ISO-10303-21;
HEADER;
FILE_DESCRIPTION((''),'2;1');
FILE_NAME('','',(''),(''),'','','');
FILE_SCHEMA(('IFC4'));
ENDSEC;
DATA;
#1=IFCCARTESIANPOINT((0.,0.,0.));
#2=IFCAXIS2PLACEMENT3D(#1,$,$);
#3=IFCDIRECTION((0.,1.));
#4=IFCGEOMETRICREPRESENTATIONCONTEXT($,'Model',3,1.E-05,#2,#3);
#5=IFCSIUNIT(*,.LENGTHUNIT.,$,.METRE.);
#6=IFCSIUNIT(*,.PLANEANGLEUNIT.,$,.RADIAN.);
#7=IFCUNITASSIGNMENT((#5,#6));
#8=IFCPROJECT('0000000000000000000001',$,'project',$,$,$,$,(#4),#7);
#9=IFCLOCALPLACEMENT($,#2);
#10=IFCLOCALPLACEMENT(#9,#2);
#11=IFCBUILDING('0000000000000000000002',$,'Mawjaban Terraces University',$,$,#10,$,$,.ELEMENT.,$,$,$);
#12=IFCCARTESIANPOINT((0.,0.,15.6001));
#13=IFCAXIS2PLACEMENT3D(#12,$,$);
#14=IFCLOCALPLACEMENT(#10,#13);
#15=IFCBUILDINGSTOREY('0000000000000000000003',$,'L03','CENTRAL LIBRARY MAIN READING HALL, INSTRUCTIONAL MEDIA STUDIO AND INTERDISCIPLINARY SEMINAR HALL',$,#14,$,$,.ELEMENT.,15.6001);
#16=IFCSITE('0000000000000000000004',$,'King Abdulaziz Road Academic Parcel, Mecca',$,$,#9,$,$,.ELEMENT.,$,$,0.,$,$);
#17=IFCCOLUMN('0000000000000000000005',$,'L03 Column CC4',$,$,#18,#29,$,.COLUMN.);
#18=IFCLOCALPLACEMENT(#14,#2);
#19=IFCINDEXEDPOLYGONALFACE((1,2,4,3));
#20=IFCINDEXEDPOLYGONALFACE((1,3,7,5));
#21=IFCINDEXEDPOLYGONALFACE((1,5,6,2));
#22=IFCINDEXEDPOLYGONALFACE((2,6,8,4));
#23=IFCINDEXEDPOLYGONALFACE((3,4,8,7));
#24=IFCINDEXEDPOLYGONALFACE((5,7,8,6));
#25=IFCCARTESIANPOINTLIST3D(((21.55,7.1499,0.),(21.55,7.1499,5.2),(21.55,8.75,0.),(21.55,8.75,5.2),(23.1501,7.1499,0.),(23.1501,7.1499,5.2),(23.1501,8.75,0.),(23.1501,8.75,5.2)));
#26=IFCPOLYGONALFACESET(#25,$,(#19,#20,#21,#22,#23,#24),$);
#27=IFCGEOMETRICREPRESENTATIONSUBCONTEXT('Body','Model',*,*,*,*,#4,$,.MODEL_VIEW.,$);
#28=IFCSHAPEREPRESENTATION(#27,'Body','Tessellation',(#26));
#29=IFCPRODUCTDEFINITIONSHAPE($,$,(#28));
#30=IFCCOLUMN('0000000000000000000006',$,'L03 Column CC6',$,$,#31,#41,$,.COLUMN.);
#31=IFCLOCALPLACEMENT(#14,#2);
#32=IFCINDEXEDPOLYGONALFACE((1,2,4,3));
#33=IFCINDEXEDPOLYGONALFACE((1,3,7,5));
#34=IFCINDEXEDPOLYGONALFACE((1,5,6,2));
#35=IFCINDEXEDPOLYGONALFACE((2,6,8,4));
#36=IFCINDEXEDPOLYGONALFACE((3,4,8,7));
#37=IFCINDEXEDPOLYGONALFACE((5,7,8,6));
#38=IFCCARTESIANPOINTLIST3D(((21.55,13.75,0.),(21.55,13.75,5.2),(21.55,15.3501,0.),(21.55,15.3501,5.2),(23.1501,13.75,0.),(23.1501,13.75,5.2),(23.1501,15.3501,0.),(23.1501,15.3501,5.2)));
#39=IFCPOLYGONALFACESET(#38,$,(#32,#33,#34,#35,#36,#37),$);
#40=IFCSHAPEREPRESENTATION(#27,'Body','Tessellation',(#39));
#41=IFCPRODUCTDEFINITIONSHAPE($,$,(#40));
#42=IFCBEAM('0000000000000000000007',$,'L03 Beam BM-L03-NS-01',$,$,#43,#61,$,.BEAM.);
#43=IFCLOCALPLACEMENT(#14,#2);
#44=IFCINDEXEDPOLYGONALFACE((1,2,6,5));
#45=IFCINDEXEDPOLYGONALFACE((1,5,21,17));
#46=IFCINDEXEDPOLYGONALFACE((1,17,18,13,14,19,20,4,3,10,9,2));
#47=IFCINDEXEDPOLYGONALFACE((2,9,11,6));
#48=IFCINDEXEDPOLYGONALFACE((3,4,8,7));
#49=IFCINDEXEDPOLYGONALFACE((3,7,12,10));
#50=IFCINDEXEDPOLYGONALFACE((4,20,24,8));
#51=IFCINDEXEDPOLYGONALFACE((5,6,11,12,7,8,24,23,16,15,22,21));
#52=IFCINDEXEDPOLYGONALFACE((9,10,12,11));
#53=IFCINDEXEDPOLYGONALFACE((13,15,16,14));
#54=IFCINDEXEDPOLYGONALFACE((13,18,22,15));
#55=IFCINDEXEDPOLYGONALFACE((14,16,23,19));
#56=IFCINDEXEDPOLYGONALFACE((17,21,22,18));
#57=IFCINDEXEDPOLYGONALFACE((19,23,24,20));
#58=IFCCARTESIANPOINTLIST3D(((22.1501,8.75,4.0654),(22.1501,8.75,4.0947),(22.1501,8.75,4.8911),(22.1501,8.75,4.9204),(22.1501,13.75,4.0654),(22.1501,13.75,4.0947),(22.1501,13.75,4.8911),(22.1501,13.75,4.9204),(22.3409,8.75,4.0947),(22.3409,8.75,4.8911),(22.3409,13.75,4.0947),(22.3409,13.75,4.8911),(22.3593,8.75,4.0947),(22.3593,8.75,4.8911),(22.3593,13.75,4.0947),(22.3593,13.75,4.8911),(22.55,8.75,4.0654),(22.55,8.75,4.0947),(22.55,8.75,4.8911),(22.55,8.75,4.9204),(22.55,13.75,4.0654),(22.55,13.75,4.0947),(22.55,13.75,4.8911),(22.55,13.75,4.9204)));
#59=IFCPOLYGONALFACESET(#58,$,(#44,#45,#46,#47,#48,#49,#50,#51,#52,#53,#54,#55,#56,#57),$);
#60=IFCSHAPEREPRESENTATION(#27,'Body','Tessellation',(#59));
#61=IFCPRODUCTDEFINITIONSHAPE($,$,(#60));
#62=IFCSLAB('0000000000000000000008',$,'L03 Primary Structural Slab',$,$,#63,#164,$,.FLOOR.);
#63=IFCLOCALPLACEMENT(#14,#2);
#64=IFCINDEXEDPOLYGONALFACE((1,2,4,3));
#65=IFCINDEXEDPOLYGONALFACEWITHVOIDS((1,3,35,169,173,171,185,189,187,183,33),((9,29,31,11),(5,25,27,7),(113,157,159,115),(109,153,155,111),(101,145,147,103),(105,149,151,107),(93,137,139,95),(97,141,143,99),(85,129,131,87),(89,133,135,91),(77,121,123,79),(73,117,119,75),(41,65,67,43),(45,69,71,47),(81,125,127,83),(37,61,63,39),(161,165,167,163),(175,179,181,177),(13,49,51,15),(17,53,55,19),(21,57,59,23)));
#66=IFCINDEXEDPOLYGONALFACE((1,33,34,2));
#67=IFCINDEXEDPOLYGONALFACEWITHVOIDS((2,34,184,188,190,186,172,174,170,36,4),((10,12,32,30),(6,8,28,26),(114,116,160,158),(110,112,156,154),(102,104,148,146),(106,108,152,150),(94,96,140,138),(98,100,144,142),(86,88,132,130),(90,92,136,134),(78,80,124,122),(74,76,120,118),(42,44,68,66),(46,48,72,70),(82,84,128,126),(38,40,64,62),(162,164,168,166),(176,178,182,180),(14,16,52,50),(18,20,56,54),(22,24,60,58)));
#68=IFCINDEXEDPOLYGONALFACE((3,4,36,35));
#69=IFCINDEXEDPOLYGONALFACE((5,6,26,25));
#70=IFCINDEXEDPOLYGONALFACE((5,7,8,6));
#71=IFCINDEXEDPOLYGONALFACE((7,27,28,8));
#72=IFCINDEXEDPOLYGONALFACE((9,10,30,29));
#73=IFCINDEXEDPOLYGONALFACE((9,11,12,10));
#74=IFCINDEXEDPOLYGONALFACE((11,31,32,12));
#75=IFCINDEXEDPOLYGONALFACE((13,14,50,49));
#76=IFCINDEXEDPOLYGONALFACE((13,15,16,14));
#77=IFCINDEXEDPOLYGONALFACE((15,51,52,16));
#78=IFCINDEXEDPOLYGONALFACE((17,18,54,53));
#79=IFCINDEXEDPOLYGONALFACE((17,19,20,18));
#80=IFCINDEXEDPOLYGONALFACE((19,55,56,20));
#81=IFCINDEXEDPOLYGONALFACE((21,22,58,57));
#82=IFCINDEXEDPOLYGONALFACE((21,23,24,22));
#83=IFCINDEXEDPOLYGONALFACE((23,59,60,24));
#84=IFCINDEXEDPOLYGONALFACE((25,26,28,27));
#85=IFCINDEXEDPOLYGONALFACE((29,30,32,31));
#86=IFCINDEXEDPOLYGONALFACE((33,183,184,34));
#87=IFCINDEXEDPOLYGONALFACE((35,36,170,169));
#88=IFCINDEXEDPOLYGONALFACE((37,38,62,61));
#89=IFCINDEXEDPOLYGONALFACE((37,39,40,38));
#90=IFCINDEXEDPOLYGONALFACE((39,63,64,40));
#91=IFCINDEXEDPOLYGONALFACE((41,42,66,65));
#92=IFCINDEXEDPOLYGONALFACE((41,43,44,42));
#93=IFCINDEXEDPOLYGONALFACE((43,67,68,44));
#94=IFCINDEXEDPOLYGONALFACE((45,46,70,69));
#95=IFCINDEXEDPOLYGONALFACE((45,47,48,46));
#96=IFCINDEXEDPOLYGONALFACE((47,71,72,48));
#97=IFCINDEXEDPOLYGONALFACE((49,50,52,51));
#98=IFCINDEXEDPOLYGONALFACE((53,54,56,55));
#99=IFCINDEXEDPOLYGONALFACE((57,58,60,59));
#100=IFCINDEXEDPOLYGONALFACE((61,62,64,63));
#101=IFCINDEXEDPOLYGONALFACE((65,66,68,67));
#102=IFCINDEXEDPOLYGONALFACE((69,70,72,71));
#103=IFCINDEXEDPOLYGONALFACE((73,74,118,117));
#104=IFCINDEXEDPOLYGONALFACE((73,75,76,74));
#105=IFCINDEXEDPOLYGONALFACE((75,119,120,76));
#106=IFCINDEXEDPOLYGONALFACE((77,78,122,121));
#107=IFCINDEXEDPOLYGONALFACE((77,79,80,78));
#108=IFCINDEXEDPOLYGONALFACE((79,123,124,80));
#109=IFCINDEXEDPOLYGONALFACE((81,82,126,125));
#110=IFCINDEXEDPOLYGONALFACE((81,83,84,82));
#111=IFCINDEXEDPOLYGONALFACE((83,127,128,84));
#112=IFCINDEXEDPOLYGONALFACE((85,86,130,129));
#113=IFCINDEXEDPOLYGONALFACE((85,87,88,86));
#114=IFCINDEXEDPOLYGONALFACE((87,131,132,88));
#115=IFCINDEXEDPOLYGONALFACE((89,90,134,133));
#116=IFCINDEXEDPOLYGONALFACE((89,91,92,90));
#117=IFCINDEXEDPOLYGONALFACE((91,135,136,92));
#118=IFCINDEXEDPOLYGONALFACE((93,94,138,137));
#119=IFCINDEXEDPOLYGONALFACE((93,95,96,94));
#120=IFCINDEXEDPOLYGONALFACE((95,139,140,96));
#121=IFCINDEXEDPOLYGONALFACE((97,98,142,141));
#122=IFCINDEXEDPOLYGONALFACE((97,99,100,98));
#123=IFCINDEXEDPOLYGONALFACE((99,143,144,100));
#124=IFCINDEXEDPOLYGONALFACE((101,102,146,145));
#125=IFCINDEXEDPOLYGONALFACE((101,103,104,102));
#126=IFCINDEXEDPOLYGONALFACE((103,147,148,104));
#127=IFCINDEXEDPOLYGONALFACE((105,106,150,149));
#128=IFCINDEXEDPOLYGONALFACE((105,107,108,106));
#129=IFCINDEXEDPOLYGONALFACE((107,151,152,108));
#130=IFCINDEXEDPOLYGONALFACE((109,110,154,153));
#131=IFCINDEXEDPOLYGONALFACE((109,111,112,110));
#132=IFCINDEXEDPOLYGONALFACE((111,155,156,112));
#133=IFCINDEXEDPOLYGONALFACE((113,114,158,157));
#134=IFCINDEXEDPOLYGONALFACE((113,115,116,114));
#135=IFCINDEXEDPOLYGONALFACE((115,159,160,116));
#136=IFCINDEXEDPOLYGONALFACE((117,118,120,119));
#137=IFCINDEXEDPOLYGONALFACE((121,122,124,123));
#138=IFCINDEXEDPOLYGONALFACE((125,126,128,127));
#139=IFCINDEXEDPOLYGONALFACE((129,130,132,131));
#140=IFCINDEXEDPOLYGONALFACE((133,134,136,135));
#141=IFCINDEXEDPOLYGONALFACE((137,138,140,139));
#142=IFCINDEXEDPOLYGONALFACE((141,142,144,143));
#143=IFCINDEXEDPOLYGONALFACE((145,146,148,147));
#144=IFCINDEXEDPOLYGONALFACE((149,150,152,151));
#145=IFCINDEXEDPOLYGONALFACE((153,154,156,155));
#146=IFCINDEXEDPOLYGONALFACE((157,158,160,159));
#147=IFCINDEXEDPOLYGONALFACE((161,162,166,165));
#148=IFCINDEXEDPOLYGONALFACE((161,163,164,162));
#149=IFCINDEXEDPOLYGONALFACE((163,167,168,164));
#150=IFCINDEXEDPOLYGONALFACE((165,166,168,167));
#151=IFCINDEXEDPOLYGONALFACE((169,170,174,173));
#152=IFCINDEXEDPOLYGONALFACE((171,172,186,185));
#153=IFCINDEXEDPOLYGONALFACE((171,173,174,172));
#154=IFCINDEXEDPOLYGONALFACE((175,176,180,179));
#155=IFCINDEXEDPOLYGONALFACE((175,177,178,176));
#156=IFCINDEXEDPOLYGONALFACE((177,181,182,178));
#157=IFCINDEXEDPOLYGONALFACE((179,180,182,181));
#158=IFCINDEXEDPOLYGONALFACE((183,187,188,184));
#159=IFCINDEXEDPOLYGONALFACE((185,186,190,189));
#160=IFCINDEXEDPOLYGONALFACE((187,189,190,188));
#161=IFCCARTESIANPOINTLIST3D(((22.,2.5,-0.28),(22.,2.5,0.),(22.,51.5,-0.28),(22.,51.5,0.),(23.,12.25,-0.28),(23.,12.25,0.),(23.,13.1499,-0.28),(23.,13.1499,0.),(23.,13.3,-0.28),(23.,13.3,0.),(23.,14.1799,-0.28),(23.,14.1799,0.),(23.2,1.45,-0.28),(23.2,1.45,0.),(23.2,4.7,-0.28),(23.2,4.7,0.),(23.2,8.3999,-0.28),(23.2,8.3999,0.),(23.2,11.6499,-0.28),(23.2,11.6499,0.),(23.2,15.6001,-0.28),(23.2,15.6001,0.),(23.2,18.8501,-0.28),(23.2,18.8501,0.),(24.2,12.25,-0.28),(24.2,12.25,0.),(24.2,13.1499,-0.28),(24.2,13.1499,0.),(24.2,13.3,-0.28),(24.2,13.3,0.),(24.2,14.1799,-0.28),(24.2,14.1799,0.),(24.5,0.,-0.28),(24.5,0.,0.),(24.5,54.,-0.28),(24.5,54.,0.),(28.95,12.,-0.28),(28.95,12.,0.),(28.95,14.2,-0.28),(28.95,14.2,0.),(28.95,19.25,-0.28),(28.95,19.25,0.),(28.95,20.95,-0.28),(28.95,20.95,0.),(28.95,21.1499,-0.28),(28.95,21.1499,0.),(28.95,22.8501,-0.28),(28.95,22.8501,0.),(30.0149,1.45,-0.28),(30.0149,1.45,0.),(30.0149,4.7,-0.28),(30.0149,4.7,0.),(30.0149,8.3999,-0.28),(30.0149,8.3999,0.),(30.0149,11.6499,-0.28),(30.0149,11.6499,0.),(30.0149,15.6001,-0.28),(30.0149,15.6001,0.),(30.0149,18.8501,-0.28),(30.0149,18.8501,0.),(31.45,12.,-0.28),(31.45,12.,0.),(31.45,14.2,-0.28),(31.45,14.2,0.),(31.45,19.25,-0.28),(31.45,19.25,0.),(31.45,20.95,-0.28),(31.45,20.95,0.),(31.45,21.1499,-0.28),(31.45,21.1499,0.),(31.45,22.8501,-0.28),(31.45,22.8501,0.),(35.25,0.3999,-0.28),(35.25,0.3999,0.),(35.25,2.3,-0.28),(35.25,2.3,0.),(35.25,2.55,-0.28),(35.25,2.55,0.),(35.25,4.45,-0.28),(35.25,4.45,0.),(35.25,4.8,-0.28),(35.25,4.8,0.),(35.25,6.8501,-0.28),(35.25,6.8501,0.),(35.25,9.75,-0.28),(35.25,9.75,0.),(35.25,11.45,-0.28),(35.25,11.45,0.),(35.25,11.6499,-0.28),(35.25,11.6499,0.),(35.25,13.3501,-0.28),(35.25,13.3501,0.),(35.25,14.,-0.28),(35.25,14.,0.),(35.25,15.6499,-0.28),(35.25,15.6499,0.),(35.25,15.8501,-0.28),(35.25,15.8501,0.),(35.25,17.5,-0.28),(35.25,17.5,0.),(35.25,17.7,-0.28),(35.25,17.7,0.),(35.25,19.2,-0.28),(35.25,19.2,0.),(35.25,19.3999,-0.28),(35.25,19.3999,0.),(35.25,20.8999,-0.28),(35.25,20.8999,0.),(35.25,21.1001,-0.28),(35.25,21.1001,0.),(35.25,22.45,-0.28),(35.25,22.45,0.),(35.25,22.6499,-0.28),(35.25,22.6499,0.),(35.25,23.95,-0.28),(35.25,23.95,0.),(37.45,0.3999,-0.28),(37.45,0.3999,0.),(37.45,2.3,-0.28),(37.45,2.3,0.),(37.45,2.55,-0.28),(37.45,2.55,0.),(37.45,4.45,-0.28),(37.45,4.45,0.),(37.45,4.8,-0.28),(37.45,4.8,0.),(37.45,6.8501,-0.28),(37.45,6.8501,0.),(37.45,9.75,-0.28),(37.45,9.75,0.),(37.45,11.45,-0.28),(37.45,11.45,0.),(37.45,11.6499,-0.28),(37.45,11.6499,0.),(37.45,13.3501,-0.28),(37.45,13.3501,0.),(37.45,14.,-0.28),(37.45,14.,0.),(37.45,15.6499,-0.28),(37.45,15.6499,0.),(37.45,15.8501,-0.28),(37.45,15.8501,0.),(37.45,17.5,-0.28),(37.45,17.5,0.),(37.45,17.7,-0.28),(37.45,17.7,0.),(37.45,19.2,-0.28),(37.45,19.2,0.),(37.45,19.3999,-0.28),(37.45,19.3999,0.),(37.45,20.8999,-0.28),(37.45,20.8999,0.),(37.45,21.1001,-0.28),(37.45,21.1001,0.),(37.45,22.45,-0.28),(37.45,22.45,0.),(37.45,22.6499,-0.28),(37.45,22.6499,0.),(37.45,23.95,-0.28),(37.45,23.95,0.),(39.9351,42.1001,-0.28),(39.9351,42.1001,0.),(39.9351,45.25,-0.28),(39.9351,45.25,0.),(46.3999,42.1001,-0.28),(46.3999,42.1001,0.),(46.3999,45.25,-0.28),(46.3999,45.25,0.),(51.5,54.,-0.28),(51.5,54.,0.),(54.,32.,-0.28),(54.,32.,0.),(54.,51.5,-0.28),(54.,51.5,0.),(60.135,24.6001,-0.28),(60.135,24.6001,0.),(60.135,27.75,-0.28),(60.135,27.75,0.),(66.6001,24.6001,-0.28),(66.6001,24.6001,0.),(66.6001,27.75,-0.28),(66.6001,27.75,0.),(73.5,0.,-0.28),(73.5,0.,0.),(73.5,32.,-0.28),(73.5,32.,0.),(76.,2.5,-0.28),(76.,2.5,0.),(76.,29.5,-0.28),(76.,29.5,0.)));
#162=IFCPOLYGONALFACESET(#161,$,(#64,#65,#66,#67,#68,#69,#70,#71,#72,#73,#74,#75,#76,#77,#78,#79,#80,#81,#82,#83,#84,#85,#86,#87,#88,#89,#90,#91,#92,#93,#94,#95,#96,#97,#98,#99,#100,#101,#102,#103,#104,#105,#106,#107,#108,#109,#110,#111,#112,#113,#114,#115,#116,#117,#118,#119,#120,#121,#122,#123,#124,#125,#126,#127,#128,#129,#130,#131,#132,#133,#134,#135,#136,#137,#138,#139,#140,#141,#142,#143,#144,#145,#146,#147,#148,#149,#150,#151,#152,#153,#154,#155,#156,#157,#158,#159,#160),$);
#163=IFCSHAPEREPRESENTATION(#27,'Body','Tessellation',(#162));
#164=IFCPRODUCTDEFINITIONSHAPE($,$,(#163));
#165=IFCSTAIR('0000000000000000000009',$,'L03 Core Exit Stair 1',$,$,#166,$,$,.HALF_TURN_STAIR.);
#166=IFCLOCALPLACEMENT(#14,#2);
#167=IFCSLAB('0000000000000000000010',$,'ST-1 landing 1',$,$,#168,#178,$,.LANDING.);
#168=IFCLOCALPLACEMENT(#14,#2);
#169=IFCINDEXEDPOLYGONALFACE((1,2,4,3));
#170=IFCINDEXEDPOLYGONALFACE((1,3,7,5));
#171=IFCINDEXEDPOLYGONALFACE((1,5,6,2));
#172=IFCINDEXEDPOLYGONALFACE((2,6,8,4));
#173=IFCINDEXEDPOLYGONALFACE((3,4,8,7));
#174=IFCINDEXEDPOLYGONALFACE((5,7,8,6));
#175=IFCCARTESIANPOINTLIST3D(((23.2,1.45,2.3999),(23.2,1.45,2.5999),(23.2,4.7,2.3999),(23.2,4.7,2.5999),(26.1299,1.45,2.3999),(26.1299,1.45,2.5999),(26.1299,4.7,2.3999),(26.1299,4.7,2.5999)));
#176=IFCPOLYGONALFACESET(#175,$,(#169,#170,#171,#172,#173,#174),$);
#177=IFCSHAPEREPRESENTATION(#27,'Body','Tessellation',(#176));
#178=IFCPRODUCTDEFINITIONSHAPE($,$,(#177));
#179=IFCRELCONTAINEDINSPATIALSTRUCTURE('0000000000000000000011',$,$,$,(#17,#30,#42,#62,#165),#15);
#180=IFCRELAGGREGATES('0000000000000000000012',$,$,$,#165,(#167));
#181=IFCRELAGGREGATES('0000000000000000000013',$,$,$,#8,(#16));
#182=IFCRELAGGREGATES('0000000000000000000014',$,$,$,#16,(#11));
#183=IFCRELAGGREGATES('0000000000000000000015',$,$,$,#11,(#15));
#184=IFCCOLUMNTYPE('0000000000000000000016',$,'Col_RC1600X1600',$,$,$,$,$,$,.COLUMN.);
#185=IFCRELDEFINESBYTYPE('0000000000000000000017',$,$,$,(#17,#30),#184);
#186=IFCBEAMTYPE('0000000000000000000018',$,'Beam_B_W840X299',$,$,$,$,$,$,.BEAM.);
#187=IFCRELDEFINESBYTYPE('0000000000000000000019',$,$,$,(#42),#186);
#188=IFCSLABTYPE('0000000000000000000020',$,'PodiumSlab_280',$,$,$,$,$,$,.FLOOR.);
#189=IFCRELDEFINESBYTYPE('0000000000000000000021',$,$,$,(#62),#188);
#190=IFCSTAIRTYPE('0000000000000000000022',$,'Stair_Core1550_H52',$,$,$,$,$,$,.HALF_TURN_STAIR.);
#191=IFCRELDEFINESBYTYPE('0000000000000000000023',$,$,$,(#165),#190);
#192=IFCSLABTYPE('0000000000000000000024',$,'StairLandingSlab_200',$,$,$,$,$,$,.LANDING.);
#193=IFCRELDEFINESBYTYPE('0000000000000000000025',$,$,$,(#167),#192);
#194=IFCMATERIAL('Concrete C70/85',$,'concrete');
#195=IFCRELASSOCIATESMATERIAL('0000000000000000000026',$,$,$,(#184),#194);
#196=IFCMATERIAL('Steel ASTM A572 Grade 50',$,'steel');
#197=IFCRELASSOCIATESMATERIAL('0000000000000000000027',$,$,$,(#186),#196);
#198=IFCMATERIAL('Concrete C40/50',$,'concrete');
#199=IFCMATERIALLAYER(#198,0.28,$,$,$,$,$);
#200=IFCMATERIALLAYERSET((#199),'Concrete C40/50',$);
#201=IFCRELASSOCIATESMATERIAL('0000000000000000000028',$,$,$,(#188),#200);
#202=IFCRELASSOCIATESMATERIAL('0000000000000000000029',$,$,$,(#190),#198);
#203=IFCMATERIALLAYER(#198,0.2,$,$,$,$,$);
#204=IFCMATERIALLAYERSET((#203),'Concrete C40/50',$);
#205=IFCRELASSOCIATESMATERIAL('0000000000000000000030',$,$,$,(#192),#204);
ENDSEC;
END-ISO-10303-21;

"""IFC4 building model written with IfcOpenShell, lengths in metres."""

from ifc_helpers import new_model, si_unit, direction, frame, origin, origin_2d, place, context, subcontext, project, spatial, polyline, rectangle, i_section, outline, extrude, material, layer, layer_set, material_profile, profile_set, type_object, element, aggregate, save


model = new_model("IFC4")

# Units and contexts
model_context = context("Model", 3, precision=1e-05, world=origin(), true_north=direction((0.0, 1.0)))
body_context = subcontext(model_context, "Body", "Model", "MODEL_VIEW")
ifc_project = project(units=[si_unit("LENGTHUNIT", "METRE"), si_unit("PLANEANGLEUNIT", "RADIAN")], contexts=[model_context])

# Site, building, storey
site_placement = place(None, origin())
site = spatial("IfcSite", under=ifc_project, at=site_placement, Name="King Abdulaziz Road Academic Parcel, Mecca", CompositionType="ELEMENT", RefElevation=0.0)
building_placement = place(site_placement, origin())
building = spatial("IfcBuilding", under=site, at=building_placement, Name="Mawjaban Terraces University", CompositionType="ELEMENT")
storey_placement = place(building_placement, frame((0.0, 0.0, 15.6001)))
storey = spatial("IfcBuildingStorey", under=building, at=storey_placement, Name="L03", Description="CENTRAL LIBRARY MAIN READING HALL, INSTRUCTIONAL MEDIA STUDIO AND INTERDISCIPLINARY SEMINAR HALL", CompositionType="ELEMENT", Elevation=15.6001)

# Columns
ifc_material_1 = material(Name="Concrete C70/85", Category="concrete")
ifc_material_profile_1 = material_profile(ifc_material_1, rectangle(XDim=1.6001, YDim=1.6001, at=origin_2d()), Name="RC1600X1600")
ifc_profile_set_1 = profile_set([ifc_material_profile_1], Name="Concrete C70/85")
column_type = type_object("IfcColumnType", Name="Col_RC1600X1600", PredefinedType="COLUMN", material=ifc_profile_set_1)
for number, where, z_axis, x_axis, name in (
    (1, (22.3501, 7.95, 0.0), (0.0, 0.0, 1.0), (1.0, 0.0, 0.0), "L03 Column CC4"),
    (2, (22.3501, 14.55, 0.0), (0.0, 0.0, 1.0), (1.0, 0.0, 0.0), "L03 Column CC6"),
):
    element("IfcColumn", number, at=place(storey_placement, frame(where, z_axis=z_axis, x_axis=x_axis)), inside=storey, type_object=column_type, Name=name, PredefinedType="COLUMN", context=body_context, shape_type="SweptSolid", body=[
        extrude(rectangle(XDim=1.6001, YDim=1.6001, at=origin_2d()), origin(), (0.0, 0.0, 1.0), 5.2),
    ])

# Beam
ifc_material_2 = material(Name="Steel ASTM A572 Grade 50", Category="steel")
ifc_material_profile_2 = material_profile(ifc_material_2, i_section(OverallWidth=0.3999, OverallDepth=0.855, WebThickness=0.0183, FlangeThickness=0.0293, at=origin_2d()), Name="W840X299")
ifc_profile_set_2 = profile_set([ifc_material_profile_2], Name="Steel ASTM A572 Grade 50")
beam_type = type_object("IfcBeamType", Name="Beam_B_W840X299", PredefinedType="BEAM", material=ifc_profile_set_2)
beam_placement = place(storey_placement, frame((22.3501, 8.75, 4.4929), z_axis=(0.0, 1.0, 0.0), x_axis=(-1.0, 0.0, 0.0)))
element("IfcBeam", 3, at=beam_placement, inside=storey, type_object=beam_type, Name="L03 Beam BM-L03-NS-01", PredefinedType="BEAM", context=body_context, shape_type="SweptSolid", body=[
    extrude(i_section(OverallWidth=0.3999, OverallDepth=0.855, WebThickness=0.0183, FlangeThickness=0.0293, at=origin_2d()), origin(), (0.0, 0.0, 1.0), 5.0),
])

# Slab
ifc_material_3 = material(Name="Concrete C40/50", Category="concrete")
ifc_layer_1 = layer(ifc_material_3, 0.28)
ifc_layer_set_1 = layer_set([ifc_layer_1], Name="Concrete C40/50")
slab_type_1 = type_object("IfcSlabType", Name="PodiumSlab_280", PredefinedType="FLOOR", material=ifc_layer_set_1)
slab_1_placement = place(storey_placement, frame((0.0, 0.0, -0.28)))
element("IfcSlab", 4, at=slab_1_placement, inside=storey, type_object=slab_type_1, Name="L03 Primary Structural Slab", PredefinedType="FLOOR", context=body_context, shape_type="SweptSolid", body=[
    extrude(outline(polyline([(24.5, 0.0), (73.5, 0.0), (76.0, 2.5), (76.0, 29.5), (73.5, 32.0), (54.0, 32.0), (54.0, 51.5), (51.5, 54.0), (24.5, 54.0), (22.0, 51.5), (22.0, 2.5), (24.5, 0.0)]), holes=[polyline([(30.0149, 4.7), (23.2, 4.7), (23.2, 1.45), (30.0149, 1.45), (30.0149, 4.7)]), polyline([(30.0149, 18.8501), (23.2, 18.8501), (23.2, 15.6001), (30.0149, 15.6001), (30.0149, 18.8501)]), polyline([(30.0149, 11.6499), (23.2, 11.6499), (23.2, 8.3999), (30.0149, 8.3999), (30.0149, 11.6499)]), polyline([(39.9351, 42.1001), (46.3999, 42.1001), (46.3999, 45.25), (39.9351, 45.25), (39.9351, 42.1001)]), polyline([(60.135, 24.6001), (66.6001, 24.6001), (66.6001, 27.75), (60.135, 27.75), (60.135, 24.6001)]), polyline([(35.25, 0.3999), (37.45, 0.3999), (37.45, 2.3), (35.25, 2.3), (35.25, 0.3999)]), polyline([(35.25, 2.55), (37.45, 2.55), (37.45, 4.45), (35.25, 4.45), (35.25, 2.55)]), polyline([(35.25, 4.8), (37.45, 4.8), (37.45, 6.8501), (35.25, 6.8501), (35.25, 4.8)]), polyline([(35.25, 9.75), (37.45, 9.75), (37.45, 11.45), (35.25, 11.45), (35.25, 9.75)]), polyline([(35.25, 11.6499), (37.45, 11.6499), (37.45, 13.3501), (35.25, 13.3501), (35.25, 11.6499)]), polyline([(28.95, 12.0), (31.45, 12.0), (31.45, 14.2), (28.95, 14.2), (28.95, 12.0)]), polyline([(35.25, 14.0), (37.45, 14.0), (37.45, 15.6499), (35.25, 15.6499), (35.25, 14.0)]), polyline([(35.25, 15.8501), (37.45, 15.8501), (37.45, 17.5), (35.25, 17.5), (35.25, 15.8501)]), polyline([(35.25, 17.7), (37.45, 17.7), (37.45, 19.2), (35.25, 19.2), (35.25, 17.7)]), polyline([(35.25, 19.3999), (37.45, 19.3999), (37.45, 20.8999), (35.25, 20.8999), (35.25, 19.3999)]), polyline([(28.95, 19.25), (31.45, 19.25), (31.45, 20.95), (28.95, 20.95), (28.95, 19.25)]), polyline([(35.25, 21.1001), (37.45, 21.1001), (37.45, 22.45), (35.25, 22.45), (35.25, 21.1001)]), polyline([(35.25, 22.6499), (37.45, 22.6499), (37.45, 23.95), (35.25, 23.95), (35.25, 22.6499)]), polyline([(28.95, 21.1499), (31.45, 21.1499), (31.45, 22.8501), (28.95, 22.8501), (28.95, 21.1499)]), polyline([(23.0, 12.25), (24.2, 12.25), (24.2, 13.1499), (23.0, 13.1499), (23.0, 12.25)]), polyline([(23.0, 13.3), (24.2, 13.3), (24.2, 14.1799), (23.0, 14.1799), (23.0, 13.3)])]), origin(), (0.0, 0.0, 1.0), 0.28),
])

# Stair, slab
stair_type_1 = type_object("IfcStairType", Name="Stair_Core1550_H52", PredefinedType="HALF_TURN_STAIR", material=ifc_material_3)
stair_1_placement = place(storey_placement, origin())
stair_1 = element("IfcStair", 5, at=stair_1_placement, inside=storey, type_object=stair_type_1, Name="L03 Core Exit Stair 1", PredefinedType="HALF_TURN_STAIR")
ifc_layer_2 = layer(ifc_material_3, 0.2)
ifc_layer_set_2 = layer_set([ifc_layer_2], Name="Concrete C40/50")
slab_type_2 = type_object("IfcSlabType", Name="StairLandingSlab_200", PredefinedType="LANDING", material=ifc_layer_set_2)
slab_2_placement = place(storey_placement, frame((0.0, 0.0, 2.3999)))
slab_2 = element("IfcSlab", 6, at=slab_2_placement, type_object=slab_type_2, Name="ST-1 landing 1", PredefinedType="LANDING", context=body_context, shape_type="SweptSolid", body=[
    extrude(outline(polyline([(26.1299, 4.7), (23.2, 4.7), (23.2, 1.45), (26.1299, 1.45), (26.1299, 4.7)])), origin(), (0.0, 0.0, 1.0), 0.2),
])
aggregate(stair_1, [slab_2])

save(model, "model.ifc")
